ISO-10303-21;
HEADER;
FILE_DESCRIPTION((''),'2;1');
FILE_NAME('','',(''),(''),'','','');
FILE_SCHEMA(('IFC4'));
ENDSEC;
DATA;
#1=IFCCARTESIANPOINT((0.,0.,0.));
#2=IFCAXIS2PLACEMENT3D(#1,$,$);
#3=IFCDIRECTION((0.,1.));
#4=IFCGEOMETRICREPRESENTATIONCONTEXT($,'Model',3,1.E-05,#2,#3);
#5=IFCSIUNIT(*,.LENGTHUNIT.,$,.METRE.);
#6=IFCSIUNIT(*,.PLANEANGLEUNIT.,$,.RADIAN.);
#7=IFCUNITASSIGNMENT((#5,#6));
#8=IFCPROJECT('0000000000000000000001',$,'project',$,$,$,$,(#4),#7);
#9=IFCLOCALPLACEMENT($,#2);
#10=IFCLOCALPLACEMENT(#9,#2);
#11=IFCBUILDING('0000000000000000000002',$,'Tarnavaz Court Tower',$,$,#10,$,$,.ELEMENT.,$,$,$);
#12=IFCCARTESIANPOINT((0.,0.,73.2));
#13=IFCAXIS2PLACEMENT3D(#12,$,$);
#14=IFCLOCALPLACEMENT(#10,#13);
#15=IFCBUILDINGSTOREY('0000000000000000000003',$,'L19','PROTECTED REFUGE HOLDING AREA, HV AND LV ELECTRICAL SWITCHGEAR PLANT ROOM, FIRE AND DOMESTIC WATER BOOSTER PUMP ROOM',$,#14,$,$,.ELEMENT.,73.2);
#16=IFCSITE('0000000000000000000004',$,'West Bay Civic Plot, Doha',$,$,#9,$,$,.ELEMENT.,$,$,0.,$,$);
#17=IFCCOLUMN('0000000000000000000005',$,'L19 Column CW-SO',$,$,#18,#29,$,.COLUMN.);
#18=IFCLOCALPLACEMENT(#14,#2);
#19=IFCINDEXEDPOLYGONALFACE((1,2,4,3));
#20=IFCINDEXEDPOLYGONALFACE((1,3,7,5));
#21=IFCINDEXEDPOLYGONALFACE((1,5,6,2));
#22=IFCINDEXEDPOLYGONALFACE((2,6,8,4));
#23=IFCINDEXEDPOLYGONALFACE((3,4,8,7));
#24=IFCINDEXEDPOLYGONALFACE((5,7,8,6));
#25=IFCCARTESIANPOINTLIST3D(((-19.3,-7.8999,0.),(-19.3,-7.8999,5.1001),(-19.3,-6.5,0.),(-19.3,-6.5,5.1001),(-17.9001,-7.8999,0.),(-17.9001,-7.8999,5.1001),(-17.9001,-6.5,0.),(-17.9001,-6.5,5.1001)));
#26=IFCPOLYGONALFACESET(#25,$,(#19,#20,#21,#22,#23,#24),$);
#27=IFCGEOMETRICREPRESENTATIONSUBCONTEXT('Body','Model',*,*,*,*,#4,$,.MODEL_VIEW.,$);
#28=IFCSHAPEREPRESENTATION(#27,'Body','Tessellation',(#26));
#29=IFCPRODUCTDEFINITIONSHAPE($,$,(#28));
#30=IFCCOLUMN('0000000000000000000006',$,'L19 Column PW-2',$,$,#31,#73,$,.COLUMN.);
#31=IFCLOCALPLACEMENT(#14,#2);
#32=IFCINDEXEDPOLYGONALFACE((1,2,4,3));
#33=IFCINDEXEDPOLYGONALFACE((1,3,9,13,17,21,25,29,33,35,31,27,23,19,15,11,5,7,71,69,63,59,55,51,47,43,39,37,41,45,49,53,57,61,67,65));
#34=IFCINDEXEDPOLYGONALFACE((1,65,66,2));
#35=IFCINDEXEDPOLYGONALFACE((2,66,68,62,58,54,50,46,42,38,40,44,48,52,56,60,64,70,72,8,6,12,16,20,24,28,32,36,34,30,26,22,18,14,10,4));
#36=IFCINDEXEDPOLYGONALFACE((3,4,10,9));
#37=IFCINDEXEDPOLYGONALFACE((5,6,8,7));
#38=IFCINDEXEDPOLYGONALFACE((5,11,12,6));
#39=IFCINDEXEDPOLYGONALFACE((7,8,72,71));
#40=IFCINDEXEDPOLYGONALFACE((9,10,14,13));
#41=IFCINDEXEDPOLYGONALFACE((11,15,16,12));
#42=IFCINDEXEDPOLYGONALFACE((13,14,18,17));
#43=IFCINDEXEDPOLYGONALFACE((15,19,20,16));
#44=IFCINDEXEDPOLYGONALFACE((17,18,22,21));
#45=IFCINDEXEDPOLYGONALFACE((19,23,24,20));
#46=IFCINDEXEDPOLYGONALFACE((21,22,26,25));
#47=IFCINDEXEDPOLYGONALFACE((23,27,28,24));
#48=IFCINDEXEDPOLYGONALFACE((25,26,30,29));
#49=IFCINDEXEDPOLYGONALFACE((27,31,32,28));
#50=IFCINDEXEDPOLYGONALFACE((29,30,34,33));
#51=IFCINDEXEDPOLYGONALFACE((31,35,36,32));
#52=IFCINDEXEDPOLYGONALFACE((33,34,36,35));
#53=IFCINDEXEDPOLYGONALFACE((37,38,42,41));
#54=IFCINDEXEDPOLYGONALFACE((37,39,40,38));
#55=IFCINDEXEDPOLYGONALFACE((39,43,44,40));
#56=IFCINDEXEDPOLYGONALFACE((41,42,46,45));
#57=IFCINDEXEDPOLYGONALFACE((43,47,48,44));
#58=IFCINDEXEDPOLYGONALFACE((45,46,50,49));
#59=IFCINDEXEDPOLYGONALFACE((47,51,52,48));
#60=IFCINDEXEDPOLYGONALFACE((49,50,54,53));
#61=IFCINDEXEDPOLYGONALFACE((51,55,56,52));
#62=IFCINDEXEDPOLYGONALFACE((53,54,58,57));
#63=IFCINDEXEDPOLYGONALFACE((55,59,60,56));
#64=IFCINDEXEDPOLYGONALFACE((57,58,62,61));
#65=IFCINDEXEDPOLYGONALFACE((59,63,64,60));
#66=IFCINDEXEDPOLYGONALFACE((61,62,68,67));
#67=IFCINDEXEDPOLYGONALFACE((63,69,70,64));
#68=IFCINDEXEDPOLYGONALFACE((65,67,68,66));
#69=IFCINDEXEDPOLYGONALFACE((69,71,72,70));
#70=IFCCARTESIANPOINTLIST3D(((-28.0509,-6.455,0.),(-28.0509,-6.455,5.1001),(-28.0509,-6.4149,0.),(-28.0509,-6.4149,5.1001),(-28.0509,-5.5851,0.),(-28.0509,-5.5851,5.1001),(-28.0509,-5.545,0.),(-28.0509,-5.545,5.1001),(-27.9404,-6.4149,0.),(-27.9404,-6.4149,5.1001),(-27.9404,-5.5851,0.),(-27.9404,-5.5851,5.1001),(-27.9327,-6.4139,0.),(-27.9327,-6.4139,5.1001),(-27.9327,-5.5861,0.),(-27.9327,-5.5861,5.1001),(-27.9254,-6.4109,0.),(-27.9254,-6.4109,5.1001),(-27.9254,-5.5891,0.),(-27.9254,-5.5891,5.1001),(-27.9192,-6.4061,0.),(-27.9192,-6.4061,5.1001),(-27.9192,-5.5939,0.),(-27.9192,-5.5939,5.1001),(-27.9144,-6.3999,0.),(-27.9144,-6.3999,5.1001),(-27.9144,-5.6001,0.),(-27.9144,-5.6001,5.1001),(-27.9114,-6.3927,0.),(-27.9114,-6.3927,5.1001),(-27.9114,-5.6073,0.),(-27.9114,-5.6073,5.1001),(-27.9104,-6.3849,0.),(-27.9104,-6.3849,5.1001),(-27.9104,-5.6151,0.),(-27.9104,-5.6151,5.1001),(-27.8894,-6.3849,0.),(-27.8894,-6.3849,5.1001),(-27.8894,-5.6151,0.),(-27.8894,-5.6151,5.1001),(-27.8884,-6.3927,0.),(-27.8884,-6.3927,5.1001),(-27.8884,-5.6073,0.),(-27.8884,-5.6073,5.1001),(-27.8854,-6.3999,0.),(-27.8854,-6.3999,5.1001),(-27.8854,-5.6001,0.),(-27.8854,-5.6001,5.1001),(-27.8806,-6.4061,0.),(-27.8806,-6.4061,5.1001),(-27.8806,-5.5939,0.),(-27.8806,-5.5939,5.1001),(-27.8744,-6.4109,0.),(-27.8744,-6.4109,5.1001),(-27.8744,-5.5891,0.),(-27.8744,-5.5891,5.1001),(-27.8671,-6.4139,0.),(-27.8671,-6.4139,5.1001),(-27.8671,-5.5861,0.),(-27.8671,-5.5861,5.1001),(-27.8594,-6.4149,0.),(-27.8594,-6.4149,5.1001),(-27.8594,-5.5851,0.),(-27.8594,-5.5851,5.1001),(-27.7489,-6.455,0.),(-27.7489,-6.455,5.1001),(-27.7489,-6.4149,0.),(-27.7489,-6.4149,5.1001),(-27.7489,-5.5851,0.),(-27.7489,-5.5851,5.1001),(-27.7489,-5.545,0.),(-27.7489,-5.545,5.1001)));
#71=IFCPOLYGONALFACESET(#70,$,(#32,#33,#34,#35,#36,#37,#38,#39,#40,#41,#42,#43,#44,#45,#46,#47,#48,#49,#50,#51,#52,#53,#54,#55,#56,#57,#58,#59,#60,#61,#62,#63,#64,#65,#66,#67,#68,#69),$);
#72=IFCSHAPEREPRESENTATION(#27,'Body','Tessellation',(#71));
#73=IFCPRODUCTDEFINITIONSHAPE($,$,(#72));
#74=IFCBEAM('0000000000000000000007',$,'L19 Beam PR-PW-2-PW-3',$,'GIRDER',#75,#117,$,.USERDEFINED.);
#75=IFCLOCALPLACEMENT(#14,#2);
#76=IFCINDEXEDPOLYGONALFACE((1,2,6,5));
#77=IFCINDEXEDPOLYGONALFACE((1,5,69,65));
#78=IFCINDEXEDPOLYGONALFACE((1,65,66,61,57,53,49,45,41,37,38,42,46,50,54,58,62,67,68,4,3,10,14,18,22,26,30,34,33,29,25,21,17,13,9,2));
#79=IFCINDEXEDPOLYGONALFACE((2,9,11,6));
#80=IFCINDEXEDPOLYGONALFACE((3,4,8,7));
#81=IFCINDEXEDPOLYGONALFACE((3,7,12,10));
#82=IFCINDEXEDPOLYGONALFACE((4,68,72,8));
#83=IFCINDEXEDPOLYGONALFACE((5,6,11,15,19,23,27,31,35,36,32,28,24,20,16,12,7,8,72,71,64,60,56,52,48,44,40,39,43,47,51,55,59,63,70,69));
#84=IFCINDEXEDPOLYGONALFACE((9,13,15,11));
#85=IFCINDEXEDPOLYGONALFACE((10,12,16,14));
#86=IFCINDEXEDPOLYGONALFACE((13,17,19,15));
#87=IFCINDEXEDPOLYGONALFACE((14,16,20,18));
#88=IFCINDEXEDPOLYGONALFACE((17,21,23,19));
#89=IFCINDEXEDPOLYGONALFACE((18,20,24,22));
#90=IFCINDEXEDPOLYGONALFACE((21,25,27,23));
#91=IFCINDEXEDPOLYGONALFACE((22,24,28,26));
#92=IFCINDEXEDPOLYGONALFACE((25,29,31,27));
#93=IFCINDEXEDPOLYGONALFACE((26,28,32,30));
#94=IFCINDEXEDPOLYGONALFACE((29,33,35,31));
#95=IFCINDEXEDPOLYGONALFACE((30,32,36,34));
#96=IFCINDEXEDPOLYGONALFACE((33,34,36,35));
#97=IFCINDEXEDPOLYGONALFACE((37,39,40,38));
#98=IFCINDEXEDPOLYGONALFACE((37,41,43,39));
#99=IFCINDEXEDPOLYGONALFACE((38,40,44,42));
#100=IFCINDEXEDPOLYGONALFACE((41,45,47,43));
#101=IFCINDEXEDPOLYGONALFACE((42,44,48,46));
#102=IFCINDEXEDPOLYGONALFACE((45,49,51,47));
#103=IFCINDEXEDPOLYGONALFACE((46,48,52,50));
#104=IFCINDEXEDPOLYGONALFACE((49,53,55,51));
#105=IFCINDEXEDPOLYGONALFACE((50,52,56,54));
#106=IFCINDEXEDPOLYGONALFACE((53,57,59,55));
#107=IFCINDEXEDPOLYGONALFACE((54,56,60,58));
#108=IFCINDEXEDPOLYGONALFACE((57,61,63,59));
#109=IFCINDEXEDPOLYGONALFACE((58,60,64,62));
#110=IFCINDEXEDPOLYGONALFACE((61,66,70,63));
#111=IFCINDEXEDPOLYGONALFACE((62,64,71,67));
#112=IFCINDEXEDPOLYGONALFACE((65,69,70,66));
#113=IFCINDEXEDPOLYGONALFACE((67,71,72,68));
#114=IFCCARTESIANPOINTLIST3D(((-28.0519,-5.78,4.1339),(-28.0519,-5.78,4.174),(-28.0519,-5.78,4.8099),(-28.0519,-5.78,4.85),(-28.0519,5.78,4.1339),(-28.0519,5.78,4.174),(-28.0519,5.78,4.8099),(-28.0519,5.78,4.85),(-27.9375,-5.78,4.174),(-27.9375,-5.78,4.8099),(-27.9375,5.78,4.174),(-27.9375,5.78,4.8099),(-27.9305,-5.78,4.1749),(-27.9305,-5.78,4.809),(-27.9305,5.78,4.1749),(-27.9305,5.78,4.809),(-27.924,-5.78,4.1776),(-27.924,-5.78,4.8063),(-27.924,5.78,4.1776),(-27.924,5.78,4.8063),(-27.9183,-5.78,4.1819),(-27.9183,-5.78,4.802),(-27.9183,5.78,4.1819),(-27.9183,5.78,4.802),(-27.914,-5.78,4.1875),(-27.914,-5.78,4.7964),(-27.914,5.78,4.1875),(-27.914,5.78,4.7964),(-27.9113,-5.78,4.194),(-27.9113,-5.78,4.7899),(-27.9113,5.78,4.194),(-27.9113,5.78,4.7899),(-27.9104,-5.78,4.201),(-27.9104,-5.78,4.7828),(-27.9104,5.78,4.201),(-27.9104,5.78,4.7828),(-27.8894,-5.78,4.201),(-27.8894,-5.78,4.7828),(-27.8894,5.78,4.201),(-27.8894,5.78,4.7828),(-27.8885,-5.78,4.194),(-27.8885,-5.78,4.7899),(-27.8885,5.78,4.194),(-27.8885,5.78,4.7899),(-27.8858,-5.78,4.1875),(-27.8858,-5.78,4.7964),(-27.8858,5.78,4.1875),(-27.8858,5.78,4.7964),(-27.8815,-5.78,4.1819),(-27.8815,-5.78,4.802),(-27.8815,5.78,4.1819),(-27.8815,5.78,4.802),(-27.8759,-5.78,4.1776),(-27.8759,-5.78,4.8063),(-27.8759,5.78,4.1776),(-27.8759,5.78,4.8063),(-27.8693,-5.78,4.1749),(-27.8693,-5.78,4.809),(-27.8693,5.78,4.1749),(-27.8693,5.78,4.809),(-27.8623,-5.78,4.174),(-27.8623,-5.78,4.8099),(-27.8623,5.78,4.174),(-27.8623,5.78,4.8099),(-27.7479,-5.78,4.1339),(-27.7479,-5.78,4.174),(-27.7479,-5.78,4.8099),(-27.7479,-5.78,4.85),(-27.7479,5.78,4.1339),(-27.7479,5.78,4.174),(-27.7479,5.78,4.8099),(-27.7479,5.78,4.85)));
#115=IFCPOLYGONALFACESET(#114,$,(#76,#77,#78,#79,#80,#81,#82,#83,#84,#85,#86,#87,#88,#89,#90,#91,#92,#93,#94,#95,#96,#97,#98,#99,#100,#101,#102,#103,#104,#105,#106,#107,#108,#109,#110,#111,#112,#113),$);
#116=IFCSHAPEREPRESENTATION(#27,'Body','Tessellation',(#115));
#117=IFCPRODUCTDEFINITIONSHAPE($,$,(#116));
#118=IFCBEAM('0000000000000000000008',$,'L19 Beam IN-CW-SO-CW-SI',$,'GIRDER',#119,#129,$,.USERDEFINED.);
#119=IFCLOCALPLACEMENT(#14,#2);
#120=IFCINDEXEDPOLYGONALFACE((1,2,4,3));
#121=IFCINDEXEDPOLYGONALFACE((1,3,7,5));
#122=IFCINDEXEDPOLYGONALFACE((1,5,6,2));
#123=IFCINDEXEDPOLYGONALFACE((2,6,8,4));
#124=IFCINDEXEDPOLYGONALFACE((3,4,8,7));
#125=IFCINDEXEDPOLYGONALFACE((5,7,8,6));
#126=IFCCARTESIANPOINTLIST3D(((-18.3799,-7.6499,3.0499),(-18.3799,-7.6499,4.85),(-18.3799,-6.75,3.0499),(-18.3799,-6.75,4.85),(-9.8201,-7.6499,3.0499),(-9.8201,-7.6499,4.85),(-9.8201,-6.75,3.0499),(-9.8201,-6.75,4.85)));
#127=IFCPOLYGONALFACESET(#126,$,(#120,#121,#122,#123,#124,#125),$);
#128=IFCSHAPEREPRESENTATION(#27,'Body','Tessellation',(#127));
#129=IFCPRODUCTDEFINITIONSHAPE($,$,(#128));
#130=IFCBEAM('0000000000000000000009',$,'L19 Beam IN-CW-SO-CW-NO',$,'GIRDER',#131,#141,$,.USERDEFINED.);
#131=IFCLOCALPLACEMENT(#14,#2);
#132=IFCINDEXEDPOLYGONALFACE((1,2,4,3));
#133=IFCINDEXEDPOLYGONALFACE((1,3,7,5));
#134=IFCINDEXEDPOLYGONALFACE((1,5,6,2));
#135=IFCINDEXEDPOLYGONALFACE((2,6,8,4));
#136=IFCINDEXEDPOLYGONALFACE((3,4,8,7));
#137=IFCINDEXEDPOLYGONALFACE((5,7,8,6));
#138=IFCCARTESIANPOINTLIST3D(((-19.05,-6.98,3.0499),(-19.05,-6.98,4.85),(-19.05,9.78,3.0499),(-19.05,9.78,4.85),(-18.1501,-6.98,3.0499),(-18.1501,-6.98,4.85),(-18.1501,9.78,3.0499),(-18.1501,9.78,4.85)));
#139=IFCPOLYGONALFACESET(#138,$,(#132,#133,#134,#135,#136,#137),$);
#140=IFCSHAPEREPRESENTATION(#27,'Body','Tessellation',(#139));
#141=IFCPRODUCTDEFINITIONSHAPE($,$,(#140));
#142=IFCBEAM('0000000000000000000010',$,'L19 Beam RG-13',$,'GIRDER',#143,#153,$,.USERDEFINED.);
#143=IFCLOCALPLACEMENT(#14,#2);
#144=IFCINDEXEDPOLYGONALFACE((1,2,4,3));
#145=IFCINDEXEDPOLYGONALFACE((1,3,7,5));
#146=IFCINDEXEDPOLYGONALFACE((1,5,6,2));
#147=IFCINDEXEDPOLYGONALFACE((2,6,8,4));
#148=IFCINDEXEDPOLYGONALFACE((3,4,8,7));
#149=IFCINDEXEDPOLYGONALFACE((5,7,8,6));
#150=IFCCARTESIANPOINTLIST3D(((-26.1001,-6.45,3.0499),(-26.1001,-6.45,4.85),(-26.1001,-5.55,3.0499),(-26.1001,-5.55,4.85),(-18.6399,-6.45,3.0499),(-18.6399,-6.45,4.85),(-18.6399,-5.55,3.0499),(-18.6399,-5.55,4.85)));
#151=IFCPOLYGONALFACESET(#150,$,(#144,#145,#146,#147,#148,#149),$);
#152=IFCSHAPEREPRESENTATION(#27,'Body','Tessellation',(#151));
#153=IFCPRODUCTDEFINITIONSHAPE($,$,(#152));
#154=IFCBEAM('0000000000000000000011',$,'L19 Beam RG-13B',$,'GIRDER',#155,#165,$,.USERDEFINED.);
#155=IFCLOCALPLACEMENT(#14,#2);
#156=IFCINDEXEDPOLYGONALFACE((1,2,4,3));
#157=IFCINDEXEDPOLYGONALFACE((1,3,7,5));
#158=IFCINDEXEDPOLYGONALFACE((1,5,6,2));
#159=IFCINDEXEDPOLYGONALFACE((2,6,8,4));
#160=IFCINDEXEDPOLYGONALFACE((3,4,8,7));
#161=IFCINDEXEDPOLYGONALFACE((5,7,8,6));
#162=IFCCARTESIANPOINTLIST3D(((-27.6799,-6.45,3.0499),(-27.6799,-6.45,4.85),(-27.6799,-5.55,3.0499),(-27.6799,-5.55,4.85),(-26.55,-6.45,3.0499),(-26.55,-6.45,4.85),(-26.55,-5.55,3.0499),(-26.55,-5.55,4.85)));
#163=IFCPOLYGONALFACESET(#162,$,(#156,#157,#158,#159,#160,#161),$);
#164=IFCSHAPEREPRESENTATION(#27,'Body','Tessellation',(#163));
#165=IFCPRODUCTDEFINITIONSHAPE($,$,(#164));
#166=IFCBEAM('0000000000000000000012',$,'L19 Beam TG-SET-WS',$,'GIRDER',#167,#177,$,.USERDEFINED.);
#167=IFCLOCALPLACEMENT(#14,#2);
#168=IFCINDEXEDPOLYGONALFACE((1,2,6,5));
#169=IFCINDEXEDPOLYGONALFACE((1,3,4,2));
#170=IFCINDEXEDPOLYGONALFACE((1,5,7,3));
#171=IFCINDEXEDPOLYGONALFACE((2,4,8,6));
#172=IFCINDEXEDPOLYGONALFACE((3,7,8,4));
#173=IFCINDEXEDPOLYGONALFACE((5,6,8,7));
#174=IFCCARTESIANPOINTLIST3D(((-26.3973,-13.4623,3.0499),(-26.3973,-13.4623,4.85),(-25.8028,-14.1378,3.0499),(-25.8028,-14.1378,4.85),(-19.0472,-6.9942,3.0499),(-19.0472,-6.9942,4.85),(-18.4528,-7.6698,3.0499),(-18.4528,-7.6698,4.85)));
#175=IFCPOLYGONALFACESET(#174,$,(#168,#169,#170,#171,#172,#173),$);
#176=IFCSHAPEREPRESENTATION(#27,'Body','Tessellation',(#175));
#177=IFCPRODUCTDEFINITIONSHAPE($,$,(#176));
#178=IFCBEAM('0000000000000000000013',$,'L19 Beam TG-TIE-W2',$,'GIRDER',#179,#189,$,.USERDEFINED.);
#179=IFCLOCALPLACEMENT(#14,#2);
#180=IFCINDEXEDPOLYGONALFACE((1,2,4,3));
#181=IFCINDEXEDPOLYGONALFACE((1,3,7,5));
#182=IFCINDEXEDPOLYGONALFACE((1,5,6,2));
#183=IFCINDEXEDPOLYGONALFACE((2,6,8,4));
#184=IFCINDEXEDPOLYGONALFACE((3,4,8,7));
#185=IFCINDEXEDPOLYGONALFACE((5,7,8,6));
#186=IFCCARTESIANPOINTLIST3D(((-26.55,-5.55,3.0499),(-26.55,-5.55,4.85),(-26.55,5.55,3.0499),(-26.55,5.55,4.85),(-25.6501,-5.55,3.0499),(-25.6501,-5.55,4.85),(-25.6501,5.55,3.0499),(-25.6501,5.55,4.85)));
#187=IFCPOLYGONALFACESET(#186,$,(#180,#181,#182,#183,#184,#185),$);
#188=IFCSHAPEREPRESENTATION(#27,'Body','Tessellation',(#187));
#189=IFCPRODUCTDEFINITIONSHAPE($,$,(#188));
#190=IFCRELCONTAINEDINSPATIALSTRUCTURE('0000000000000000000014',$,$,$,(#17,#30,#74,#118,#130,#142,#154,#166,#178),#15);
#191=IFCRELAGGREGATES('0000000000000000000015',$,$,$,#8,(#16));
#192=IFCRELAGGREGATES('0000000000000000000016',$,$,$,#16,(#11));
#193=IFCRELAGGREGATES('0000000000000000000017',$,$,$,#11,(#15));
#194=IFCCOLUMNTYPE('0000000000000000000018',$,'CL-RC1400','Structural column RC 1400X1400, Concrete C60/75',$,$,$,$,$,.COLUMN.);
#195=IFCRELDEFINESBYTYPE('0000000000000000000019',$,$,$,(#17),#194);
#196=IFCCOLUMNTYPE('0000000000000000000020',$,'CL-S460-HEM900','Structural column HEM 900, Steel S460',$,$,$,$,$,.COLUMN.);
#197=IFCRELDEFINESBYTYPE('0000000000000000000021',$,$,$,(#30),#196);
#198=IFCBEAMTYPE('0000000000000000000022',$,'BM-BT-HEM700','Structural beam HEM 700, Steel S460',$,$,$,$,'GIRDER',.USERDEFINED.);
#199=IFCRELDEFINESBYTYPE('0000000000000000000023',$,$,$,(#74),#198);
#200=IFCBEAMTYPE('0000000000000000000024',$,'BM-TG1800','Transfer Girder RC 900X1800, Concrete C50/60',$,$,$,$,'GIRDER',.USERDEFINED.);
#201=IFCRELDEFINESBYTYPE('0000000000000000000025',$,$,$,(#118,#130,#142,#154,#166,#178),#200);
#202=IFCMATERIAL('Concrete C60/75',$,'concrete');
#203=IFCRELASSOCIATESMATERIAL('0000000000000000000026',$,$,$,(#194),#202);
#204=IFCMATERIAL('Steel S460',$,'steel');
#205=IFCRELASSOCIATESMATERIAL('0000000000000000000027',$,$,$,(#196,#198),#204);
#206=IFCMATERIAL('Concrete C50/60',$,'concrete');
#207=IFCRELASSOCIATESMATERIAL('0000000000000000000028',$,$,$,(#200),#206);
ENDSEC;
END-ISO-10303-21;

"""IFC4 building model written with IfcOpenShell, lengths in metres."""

from ifc_helpers import new_model, si_unit, direction, frame, origin, origin_2d, place, context, subcontext, project, spatial, rectangle, i_section, extrude, material, material_profile, profile_set, type_object, element, save


model = new_model("IFC4")

# Units and contexts
model_context = context("Model", 3, precision=1e-05, world=origin(), true_north=direction((0.0, 1.0)))
body_context = subcontext(model_context, "Body", "Model", "MODEL_VIEW")
ifc_project = project(units=[si_unit("LENGTHUNIT", "METRE"), si_unit("PLANEANGLEUNIT", "RADIAN")], contexts=[model_context])

# Site, building, storey
site_placement = place(None, origin())
site = spatial("IfcSite", under=ifc_project, at=site_placement, Name="West Bay Civic Plot, Doha", CompositionType="ELEMENT", RefElevation=0.0)
building_placement = place(site_placement, origin())
building = spatial("IfcBuilding", under=site, at=building_placement, Name="Tarnavaz Court Tower", CompositionType="ELEMENT")
storey_placement = place(building_placement, frame((0.0, 0.0, 73.2)))
storey = spatial("IfcBuildingStorey", under=building, at=storey_placement, Name="L19", Description="PROTECTED REFUGE HOLDING AREA, HV AND LV ELECTRICAL SWITCHGEAR PLANT ROOM, FIRE AND DOMESTIC WATER BOOSTER PUMP ROOM", CompositionType="ELEMENT", Elevation=73.2)

# Columns
ifc_material_1 = material(Name="Concrete C60/75", Category="concrete")
ifc_material_profile_1 = material_profile(ifc_material_1, rectangle(XDim=1.3999, YDim=1.3999, at=origin_2d()), Name="RC 1400X1400")
ifc_profile_set_1 = profile_set([ifc_material_profile_1], Name="Concrete C60/75")
column_type_1 = type_object("IfcColumnType", Name="CL-RC1400", Description="Structural column RC 1400X1400, Concrete C60/75", PredefinedType="COLUMN", material=ifc_profile_set_1)
column_1_placement = place(storey_placement, frame((-18.6001, -7.2, 0.0), z_axis=(0.0, 0.0, 1.0), x_axis=(1.0, 0.0, 0.0)))
element("IfcColumn", 1, at=column_1_placement, inside=storey, type_object=column_type_1, Name="L19 Column CW-SO", PredefinedType="COLUMN", context=body_context, shape_type="SweptSolid", body=[
    extrude(rectangle(XDim=1.3999, YDim=1.3999, at=origin_2d()), origin(), (0.0, 0.0, 1.0), 5.1001),
])
ifc_material_2 = material(Name="Steel S460", Category="steel")
ifc_material_profile_2 = material_profile(ifc_material_2, i_section(OverallWidth=0.302, OverallDepth=0.9099, WebThickness=0.021, FlangeThickness=0.04, FilletRadius=0.03, at=origin_2d()), Name="HEM 900")
ifc_profile_set_2 = profile_set([ifc_material_profile_2], Name="Steel S460")
column_type_2 = type_object("IfcColumnType", Name="CL-S460-HEM900", Description="Structural column HEM 900, Steel S460", PredefinedType="COLUMN", material=ifc_profile_set_2)
column_2_placement = place(storey_placement, frame((-27.8999, -6.0, 0.0), z_axis=(0.0, 0.0, 1.0), x_axis=(1.0, 0.0, 0.0)))
element("IfcColumn", 2, at=column_2_placement, inside=storey, type_object=column_type_2, Name="L19 Column PW-2", PredefinedType="COLUMN", context=body_context, shape_type="SweptSolid", body=[
    extrude(i_section(OverallWidth=0.302, OverallDepth=0.9099, WebThickness=0.021, FlangeThickness=0.04, FilletRadius=0.03, at=origin_2d()), origin(), (0.0, 0.0, 1.0), 5.1001),
])

# Beams
ifc_material_profile_3 = material_profile(ifc_material_2, i_section(OverallWidth=0.304, OverallDepth=0.7161, WebThickness=0.021, FlangeThickness=0.04, FilletRadius=0.0271, at=origin_2d()), Name="HEM 700")
ifc_profile_set_3 = profile_set([ifc_material_profile_3], Name="Steel S460")
beam_type_1 = type_object("IfcBeamType", Name="BM-BT-HEM700", Description="Structural beam HEM 700, Steel S460", ElementType="GIRDER", PredefinedType="USERDEFINED", material=ifc_profile_set_3)
beam_1_placement = place(storey_placement, frame((-27.8999, -5.78, 4.4919), z_axis=(0.0, 1.0, 0.0), x_axis=(-1.0, 0.0, 0.0)))
element("IfcBeam", 3, at=beam_1_placement, inside=storey, type_object=beam_type_1, Name="L19 Beam PR-PW-2-PW-3", ObjectType="GIRDER", PredefinedType="USERDEFINED", context=body_context, shape_type="SweptSolid", body=[
    extrude(i_section(OverallWidth=0.304, OverallDepth=0.7161, WebThickness=0.021, FlangeThickness=0.04, FilletRadius=0.0271, at=origin_2d()), origin(), (0.0, 0.0, 1.0), 11.5601),
])
ifc_material_3 = material(Name="Concrete C50/60", Category="concrete")
ifc_material_profile_4 = material_profile(ifc_material_3, rectangle(XDim=0.8999, YDim=1.8, at=origin_2d()), Name="RC 900X1800")
ifc_profile_set_4 = profile_set([ifc_material_profile_4], Name="Concrete C50/60")
beam_type_2 = type_object("IfcBeamType", Name="BM-TG1800", Description="Transfer Girder RC 900X1800, Concrete C50/60", ElementType="GIRDER", PredefinedType="USERDEFINED", material=ifc_profile_set_4)
beam_2_placement = place(storey_placement, frame((-18.3799, -7.2, 3.95), z_axis=(1.0, 0.0, 0.0), x_axis=(0.0, 1.0, 0.0)))
element("IfcBeam", 4, at=beam_2_placement, inside=storey, type_object=beam_type_2, Name="L19 Beam IN-CW-SO-CW-SI", ObjectType="GIRDER", PredefinedType="USERDEFINED", context=body_context, shape_type="SweptSolid", body=[
    extrude(rectangle(XDim=0.8999, YDim=1.8, at=origin_2d()), origin(), (0.0, 0.0, 1.0), 8.5598),
])
beam_3_placement = place(storey_placement, frame((-18.6001, -6.98, 3.95), z_axis=(0.0, 1.0, 0.0), x_axis=(-1.0, 0.0, 0.0)))
element("IfcBeam", 5, at=beam_3_placement, inside=storey, type_object=beam_type_2, Name="L19 Beam IN-CW-SO-CW-NO", ObjectType="GIRDER", PredefinedType="USERDEFINED", context=body_context, shape_type="SweptSolid", body=[
    extrude(rectangle(XDim=0.8999, YDim=1.8, at=origin_2d()), origin(), (0.0, 0.0, 1.0), 16.76),
])
beam_4_placement = place(storey_placement, frame((-18.6399, -6.0, 3.95), z_axis=(-1.0, 0.0, 0.0), x_axis=(0.0, -1.0, 0.0)))
element("IfcBeam", 6, at=beam_4_placement, inside=storey, type_object=beam_type_2, Name="L19 Beam RG-13", ObjectType="GIRDER", PredefinedType="USERDEFINED", context=body_context, shape_type="SweptSolid", body=[
    extrude(rectangle(XDim=0.8999, YDim=1.8, at=origin_2d()), origin(), (0.0, 0.0, 1.0), 7.4602),
])
beam_5_placement = place(storey_placement, frame((-26.55, -6.0, 3.95), z_axis=(-1.0, 0.0, 0.0), x_axis=(0.0, -1.0, 0.0)))
element("IfcBeam", 7, at=beam_5_placement, inside=storey, type_object=beam_type_2, Name="L19 Beam RG-13B", ObjectType="GIRDER", PredefinedType="USERDEFINED", context=body_context, shape_type="SweptSolid", body=[
    extrude(rectangle(XDim=0.8999, YDim=1.8, at=origin_2d()), origin(), (0.0, 0.0, 1.0), 1.1299),
])
beam_6_placement = place(storey_placement, frame((-18.75, -7.332, 3.95), z_axis=(-0.750717, -0.660624, 0.0), x_axis=(0.660624, -0.750717, 0.0)))
element("IfcBeam", 8, at=beam_6_placement, inside=storey, type_object=beam_type_2, Name="L19 Beam TG-SET-WS", ObjectType="GIRDER", PredefinedType="USERDEFINED", context=body_context, shape_type="SweptSolid", body=[
    extrude(rectangle(XDim=0.8999, YDim=1.8, at=origin_2d()), origin(), (0.0, 0.0, 1.0), 9.7908),
])
beam_7_placement = place(storey_placement, frame((-26.1001, -5.55, 3.95), z_axis=(0.0, 1.0, 0.0), x_axis=(-1.0, 0.0, 0.0)))
element("IfcBeam", 9, at=beam_7_placement, inside=storey, type_object=beam_type_2, Name="L19 Beam TG-TIE-W2", ObjectType="GIRDER", PredefinedType="USERDEFINED", context=body_context, shape_type="SweptSolid", body=[
    extrude(rectangle(XDim=0.8999, YDim=1.8, at=origin_2d()), origin(), (0.0, 0.0, 1.0), 11.1001),
])

save(model, "model.ifc")
